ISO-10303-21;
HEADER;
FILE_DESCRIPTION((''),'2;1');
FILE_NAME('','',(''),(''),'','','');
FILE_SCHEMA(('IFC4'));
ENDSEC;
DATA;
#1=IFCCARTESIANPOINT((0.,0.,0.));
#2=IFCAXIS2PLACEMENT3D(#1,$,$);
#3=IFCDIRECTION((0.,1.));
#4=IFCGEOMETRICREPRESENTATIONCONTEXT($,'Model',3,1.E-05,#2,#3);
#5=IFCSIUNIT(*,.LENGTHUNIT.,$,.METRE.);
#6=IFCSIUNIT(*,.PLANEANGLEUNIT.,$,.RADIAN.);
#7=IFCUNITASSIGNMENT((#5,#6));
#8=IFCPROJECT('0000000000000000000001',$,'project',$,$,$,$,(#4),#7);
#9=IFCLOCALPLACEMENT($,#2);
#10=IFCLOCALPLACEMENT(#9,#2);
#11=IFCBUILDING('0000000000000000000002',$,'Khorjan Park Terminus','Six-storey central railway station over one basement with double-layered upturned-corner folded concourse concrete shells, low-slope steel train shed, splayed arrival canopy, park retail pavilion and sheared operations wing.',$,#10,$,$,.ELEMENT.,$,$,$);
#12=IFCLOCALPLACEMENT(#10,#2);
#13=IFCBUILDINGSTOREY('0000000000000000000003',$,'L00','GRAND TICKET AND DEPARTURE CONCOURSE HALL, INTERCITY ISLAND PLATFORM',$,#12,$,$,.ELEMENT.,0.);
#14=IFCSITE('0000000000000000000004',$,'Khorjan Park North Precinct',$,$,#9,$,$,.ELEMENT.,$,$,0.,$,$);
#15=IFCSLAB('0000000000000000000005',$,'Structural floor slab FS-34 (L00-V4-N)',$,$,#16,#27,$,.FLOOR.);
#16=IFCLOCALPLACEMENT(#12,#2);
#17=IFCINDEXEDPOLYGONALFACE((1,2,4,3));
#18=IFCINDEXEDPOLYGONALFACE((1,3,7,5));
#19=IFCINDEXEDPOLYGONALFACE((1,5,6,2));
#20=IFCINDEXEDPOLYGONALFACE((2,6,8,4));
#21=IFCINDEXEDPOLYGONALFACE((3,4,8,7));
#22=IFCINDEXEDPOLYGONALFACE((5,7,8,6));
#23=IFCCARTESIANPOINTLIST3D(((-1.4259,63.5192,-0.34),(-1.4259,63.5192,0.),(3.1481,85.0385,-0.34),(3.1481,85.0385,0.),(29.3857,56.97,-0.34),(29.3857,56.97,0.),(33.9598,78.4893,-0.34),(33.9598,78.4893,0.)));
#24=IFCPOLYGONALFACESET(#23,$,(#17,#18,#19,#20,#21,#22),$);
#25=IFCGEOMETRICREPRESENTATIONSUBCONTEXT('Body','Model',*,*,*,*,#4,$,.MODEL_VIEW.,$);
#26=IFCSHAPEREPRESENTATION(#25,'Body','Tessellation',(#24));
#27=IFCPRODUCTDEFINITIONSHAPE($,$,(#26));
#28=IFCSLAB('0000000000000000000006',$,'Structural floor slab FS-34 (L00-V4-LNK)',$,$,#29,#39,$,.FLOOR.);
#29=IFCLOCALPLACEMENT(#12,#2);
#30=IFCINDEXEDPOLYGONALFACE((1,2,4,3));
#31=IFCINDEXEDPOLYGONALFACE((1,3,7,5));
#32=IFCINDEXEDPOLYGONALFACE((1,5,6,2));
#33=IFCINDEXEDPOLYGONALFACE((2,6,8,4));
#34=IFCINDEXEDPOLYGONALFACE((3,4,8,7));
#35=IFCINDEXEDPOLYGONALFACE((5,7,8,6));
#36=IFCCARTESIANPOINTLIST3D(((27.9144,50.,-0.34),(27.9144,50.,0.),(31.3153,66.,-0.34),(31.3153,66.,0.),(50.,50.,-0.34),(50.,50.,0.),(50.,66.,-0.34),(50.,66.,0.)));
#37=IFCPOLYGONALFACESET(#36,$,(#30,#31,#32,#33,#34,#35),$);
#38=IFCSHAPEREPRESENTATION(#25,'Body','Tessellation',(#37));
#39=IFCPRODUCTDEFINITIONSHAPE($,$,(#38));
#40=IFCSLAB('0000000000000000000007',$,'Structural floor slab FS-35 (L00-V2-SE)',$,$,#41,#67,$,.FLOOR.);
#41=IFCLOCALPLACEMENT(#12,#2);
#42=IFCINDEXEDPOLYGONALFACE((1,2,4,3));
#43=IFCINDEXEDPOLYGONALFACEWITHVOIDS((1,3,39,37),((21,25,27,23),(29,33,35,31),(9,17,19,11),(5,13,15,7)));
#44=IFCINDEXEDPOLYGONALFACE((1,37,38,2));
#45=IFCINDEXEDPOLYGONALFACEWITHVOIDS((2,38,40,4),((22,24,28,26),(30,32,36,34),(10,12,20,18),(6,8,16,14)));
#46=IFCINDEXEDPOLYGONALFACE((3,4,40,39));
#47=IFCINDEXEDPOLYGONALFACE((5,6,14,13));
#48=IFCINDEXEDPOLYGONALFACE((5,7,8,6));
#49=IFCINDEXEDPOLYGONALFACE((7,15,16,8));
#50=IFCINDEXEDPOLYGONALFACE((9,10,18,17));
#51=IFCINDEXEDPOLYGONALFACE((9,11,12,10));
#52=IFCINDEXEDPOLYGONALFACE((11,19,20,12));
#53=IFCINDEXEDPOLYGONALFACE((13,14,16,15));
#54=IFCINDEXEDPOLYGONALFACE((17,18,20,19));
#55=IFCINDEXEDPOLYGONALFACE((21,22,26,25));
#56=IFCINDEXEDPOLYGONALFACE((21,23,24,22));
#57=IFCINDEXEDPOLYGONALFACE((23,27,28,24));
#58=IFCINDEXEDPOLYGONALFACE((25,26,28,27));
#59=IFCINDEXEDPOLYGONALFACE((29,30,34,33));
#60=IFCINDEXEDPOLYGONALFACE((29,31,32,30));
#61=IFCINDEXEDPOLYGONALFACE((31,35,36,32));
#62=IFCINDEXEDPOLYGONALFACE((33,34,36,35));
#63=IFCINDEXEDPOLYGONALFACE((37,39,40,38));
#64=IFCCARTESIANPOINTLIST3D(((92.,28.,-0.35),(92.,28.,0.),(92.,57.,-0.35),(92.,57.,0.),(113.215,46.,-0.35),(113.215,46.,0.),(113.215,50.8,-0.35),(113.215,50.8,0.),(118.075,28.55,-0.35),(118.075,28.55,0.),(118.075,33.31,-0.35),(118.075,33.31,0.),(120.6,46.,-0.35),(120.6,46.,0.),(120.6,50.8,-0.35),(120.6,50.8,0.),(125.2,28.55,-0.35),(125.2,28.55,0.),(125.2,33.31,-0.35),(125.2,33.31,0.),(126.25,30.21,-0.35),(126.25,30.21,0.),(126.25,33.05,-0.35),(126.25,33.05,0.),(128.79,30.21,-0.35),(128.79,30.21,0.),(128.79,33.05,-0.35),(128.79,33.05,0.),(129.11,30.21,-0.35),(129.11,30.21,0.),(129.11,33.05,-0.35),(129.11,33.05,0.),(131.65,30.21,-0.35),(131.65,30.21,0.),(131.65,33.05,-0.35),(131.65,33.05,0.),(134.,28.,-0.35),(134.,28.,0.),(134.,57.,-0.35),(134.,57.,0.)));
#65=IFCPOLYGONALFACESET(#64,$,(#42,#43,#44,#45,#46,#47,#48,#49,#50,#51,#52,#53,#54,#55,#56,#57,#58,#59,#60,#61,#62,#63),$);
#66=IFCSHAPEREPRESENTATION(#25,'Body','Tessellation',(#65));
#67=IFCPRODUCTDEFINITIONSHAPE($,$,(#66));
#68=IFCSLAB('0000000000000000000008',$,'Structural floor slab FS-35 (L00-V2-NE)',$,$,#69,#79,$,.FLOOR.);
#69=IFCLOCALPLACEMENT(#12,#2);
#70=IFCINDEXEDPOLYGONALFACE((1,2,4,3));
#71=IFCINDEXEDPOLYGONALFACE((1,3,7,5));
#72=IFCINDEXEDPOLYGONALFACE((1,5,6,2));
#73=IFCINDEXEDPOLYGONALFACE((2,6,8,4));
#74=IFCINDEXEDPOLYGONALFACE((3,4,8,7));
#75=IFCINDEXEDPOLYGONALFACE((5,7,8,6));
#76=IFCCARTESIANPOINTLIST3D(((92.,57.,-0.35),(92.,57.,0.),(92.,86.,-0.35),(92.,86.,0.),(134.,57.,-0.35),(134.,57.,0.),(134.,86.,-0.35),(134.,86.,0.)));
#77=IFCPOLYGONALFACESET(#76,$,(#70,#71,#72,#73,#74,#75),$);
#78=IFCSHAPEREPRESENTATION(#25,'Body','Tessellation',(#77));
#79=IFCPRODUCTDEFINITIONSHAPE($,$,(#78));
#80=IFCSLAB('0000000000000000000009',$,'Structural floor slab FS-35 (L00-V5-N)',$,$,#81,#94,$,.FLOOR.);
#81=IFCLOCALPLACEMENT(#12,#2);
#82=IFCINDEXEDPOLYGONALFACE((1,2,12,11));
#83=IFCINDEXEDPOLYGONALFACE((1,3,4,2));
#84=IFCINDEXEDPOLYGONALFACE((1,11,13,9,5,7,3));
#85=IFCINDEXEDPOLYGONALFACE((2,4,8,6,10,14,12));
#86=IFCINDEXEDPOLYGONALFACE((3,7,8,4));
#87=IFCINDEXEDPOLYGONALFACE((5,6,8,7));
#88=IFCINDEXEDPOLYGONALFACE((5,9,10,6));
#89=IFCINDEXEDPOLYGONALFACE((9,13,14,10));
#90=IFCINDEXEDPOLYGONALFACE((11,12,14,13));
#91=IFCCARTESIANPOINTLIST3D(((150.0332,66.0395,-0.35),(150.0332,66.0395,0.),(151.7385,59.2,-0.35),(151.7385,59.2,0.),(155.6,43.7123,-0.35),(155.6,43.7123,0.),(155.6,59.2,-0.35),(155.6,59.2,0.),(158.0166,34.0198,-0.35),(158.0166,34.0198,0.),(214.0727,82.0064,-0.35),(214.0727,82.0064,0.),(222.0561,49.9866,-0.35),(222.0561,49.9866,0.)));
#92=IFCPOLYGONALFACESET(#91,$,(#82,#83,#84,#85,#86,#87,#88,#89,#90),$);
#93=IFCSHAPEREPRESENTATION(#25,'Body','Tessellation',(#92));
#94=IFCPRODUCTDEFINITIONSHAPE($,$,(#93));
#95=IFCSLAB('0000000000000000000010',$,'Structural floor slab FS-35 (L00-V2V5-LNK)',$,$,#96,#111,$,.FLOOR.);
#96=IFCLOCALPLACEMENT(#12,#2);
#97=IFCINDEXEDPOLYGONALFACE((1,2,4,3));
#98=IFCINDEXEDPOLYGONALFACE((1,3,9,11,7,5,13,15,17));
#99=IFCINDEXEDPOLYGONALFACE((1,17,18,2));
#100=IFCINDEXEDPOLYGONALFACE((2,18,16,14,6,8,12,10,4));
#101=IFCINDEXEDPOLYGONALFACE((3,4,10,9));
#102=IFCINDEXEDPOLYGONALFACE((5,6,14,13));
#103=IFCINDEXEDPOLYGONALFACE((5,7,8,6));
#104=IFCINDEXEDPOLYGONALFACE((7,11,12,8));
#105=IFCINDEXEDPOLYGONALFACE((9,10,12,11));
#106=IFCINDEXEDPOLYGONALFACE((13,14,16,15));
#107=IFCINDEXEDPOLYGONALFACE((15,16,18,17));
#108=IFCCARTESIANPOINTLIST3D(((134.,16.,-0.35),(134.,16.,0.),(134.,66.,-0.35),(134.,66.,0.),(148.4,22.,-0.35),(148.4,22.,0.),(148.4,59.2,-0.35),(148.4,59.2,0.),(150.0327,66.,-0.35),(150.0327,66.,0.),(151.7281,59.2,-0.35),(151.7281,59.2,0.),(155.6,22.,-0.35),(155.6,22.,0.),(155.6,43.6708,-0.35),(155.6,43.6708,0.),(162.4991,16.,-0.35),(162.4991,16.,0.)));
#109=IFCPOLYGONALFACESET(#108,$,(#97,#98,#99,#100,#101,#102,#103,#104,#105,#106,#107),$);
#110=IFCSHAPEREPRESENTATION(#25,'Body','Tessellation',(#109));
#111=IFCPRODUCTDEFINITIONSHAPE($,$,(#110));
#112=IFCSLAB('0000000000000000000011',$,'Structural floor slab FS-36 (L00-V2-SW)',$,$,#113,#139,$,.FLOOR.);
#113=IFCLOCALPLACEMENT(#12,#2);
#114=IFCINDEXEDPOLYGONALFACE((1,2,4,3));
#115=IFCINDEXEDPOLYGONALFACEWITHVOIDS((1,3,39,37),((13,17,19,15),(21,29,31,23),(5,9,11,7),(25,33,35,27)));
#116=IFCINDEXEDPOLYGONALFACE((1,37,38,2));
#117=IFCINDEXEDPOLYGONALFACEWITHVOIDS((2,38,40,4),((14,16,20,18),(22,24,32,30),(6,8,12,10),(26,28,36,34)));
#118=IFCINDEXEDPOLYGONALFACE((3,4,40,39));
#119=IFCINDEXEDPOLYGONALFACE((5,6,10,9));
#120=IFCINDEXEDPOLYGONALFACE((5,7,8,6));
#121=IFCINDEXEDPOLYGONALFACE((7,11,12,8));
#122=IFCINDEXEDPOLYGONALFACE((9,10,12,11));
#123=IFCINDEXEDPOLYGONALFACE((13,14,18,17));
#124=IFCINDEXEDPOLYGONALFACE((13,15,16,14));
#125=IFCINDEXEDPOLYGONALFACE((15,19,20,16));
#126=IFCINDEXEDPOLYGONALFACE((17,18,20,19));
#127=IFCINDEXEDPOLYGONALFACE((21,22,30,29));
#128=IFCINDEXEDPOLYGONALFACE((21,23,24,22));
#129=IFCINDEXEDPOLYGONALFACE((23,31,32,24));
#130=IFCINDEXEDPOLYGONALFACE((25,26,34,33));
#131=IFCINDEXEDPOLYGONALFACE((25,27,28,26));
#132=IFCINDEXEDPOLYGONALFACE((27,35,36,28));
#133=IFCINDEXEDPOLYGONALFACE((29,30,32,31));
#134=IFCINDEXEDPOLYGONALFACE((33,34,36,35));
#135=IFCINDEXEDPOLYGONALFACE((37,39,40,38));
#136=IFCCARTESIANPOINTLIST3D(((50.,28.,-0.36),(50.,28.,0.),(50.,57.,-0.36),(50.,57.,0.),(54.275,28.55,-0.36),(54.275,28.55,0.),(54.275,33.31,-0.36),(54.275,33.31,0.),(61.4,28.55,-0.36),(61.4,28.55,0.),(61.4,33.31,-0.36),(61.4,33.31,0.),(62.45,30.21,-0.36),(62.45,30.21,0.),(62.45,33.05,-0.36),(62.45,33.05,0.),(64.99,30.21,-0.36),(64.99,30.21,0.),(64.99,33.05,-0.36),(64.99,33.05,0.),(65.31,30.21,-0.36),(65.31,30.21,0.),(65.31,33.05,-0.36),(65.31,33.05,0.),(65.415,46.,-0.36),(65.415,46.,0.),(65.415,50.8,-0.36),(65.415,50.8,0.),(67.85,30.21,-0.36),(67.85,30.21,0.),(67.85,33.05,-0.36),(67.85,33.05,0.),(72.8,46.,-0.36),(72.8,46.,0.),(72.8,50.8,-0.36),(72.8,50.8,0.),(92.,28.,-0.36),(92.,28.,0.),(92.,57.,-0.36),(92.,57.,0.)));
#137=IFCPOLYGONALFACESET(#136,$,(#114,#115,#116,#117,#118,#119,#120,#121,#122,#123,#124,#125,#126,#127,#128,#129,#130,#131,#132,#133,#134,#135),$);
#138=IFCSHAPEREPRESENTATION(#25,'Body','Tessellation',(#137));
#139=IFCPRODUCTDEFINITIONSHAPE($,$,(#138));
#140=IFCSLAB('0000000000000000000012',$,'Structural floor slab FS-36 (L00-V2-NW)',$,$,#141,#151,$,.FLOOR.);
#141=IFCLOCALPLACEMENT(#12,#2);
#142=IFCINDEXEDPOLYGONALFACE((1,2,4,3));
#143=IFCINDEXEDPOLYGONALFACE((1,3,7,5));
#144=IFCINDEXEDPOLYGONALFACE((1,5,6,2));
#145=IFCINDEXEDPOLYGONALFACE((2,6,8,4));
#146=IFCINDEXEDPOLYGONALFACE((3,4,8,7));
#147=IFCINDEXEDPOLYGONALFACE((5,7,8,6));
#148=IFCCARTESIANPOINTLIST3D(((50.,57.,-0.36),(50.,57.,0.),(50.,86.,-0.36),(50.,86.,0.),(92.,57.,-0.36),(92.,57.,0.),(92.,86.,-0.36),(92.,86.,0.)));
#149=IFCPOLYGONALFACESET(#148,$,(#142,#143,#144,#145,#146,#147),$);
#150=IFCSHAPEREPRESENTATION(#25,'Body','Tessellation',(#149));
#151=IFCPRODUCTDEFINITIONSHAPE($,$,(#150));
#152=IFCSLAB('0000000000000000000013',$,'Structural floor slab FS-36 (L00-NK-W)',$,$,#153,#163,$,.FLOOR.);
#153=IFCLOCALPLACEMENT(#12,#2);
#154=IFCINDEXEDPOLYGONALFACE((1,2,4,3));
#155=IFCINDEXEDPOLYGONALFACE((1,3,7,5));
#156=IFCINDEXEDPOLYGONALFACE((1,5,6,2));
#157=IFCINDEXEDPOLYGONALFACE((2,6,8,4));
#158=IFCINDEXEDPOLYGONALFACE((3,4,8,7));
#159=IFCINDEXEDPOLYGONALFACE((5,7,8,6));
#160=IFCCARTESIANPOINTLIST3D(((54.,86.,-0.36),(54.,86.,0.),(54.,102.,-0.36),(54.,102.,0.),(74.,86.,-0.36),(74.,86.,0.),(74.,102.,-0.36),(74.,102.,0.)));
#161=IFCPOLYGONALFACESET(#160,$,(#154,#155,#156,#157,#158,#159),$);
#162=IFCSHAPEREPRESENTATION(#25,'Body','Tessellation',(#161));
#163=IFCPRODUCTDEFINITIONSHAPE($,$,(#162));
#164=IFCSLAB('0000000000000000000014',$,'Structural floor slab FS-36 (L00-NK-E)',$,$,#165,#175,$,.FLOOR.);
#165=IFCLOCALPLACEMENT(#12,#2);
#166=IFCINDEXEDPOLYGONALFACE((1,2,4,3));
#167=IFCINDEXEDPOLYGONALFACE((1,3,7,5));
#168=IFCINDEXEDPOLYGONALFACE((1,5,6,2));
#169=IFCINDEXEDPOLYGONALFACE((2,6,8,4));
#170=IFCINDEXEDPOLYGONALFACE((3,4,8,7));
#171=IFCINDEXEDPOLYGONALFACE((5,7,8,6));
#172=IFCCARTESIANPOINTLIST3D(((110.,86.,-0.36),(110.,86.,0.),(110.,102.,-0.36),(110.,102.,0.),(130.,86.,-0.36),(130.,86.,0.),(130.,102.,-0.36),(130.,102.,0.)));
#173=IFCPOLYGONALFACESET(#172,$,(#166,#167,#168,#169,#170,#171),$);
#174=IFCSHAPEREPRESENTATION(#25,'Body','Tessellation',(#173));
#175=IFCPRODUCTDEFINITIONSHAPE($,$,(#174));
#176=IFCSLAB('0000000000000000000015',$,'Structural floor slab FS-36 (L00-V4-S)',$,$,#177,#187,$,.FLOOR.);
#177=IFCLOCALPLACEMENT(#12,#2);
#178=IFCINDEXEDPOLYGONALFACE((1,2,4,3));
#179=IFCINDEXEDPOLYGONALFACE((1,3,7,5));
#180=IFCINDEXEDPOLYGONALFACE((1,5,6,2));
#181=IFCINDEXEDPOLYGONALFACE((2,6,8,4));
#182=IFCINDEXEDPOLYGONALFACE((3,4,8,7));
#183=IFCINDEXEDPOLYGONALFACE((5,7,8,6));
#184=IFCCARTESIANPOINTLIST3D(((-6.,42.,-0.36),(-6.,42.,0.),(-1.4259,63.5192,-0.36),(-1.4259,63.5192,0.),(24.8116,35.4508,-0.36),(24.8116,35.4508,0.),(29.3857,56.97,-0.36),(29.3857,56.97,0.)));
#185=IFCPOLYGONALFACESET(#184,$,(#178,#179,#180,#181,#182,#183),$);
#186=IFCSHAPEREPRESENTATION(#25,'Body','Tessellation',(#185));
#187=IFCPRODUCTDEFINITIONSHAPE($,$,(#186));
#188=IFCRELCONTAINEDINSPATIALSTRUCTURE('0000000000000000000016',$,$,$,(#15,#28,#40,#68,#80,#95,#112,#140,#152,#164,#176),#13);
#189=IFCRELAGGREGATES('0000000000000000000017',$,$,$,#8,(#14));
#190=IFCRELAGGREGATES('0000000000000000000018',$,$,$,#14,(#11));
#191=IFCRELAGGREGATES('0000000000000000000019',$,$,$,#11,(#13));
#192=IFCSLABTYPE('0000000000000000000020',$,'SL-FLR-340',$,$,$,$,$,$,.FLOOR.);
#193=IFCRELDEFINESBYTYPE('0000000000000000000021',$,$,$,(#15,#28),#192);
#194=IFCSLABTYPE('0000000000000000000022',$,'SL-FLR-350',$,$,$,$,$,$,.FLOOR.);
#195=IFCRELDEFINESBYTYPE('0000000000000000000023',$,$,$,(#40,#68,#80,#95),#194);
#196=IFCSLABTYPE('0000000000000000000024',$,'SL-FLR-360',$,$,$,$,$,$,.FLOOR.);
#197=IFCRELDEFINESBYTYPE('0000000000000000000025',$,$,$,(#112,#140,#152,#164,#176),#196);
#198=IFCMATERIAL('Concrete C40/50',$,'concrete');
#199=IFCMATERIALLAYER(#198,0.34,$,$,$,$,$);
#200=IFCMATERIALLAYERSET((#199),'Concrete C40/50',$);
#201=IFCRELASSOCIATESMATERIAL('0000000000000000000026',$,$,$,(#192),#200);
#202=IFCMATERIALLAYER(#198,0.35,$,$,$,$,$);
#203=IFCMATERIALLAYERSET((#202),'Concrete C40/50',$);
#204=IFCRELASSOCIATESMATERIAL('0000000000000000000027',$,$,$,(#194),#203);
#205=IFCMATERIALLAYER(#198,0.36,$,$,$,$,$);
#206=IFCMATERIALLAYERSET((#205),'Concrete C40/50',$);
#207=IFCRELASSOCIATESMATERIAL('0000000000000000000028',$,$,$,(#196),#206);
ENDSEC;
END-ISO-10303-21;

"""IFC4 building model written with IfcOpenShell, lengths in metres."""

from ifc_helpers import new_model, si_unit, direction, frame, origin, place, context, subcontext, project, spatial, polyline, outline, extrude, material, layer, layer_set, type_object, element, save


model = new_model("IFC4")

# Units and contexts
model_context = context("Model", 3, precision=1e-05, world=origin(), true_north=direction((0.0, 1.0)))
body_context = subcontext(model_context, "Body", "Model", "MODEL_VIEW")
ifc_project = project(units=[si_unit("LENGTHUNIT", "METRE"), si_unit("PLANEANGLEUNIT", "RADIAN")], contexts=[model_context])

# Site, building, storey
site_placement = place(None, origin())
site = spatial("IfcSite", under=ifc_project, at=site_placement, Name="Khorjan Park North Precinct", CompositionType="ELEMENT", RefElevation=0.0)
building_placement = place(site_placement, origin())
building = spatial("IfcBuilding", under=site, at=building_placement, Name="Khorjan Park Terminus", Description="Six-storey central railway station over one basement with double-layered upturned-corner folded concourse concrete shells, low-slope steel train shed, splayed arrival canopy, park retail pavilion and sheared operations wing.", CompositionType="ELEMENT")
storey_placement = place(building_placement, origin())
storey = spatial("IfcBuildingStorey", under=building, at=storey_placement, Name="L00", Description="GRAND TICKET AND DEPARTURE CONCOURSE HALL, INTERCITY ISLAND PLATFORM", CompositionType="ELEMENT", Elevation=0.0)

# Slabs
ifc_material_1 = material(Name="Concrete C40/50", Category="concrete")
ifc_layer_1 = layer(ifc_material_1, 0.34)
ifc_layer_set_1 = layer_set([ifc_layer_1], Name="Concrete C40/50")
slab_type_1 = type_object("IfcSlabType", Name="SL-FLR-340", PredefinedType="FLOOR", material=ifc_layer_set_1)
slab_1_placement = place(storey_placement, frame((0.0, 0.0, -0.34)))
element("IfcSlab", 1, at=slab_1_placement, inside=storey, type_object=slab_type_1, Name="Structural floor slab FS-34 (L00-V4-N)", PredefinedType="FLOOR", context=body_context, shape_type="SweptSolid", body=[
    extrude(outline(polyline([(3.1481, 85.0385), (33.9598, 78.4893), (29.3857, 56.97), (-1.4259, 63.5192), (3.1481, 85.0385)])), origin(), (0.0, 0.0, 1.0), 0.34),
])
slab_2_placement = place(storey_placement, frame((0.0, 0.0, -0.34)))
element("IfcSlab", 2, at=slab_2_placement, inside=storey, type_object=slab_type_1, Name="Structural floor slab FS-34 (L00-V4-LNK)", PredefinedType="FLOOR", context=body_context, shape_type="SweptSolid", body=[
    extrude(outline(polyline([(50.0, 50.0), (27.9144, 50.0), (31.3153, 66.0), (50.0, 66.0), (50.0, 50.0)])), origin(), (0.0, 0.0, 1.0), 0.34),
])
ifc_layer_2 = layer(ifc_material_1, 0.35)
ifc_layer_set_2 = layer_set([ifc_layer_2], Name="Concrete C40/50")
slab_type_2 = type_object("IfcSlabType", Name="SL-FLR-350", PredefinedType="FLOOR", material=ifc_layer_set_2)
slab_3_placement = place(storey_placement, frame((0.0, 0.0, -0.35)))
element("IfcSlab", 3, at=slab_3_placement, inside=storey, type_object=slab_type_2, Name="Structural floor slab FS-35 (L00-V2-SE)", PredefinedType="FLOOR", context=body_context, shape_type="SweptSolid", body=[
    extrude(outline(polyline([(92.0, 57.0), (134.0, 57.0), (134.0, 28.0), (92.0, 28.0), (92.0, 57.0)]), holes=[polyline([(125.2, 28.55), (125.2, 33.31), (118.075, 33.31), (118.075, 28.55), (125.2, 28.55)]), polyline([(128.79, 30.21), (128.79, 33.05), (126.25, 33.05), (126.25, 30.21), (128.79, 30.21)]), polyline([(131.65, 30.21), (131.65, 33.05), (129.11, 33.05), (129.11, 30.21), (131.65, 30.21)]), polyline([(120.6, 50.8), (113.215, 50.8), (113.215, 46.0), (120.6, 46.0), (120.6, 50.8)])]), origin(), (0.0, 0.0, 1.0), 0.35),
])
slab_4_placement = place(storey_placement, frame((0.0, 0.0, -0.35)))
element("IfcSlab", 4, at=slab_4_placement, inside=storey, type_object=slab_type_2, Name="Structural floor slab FS-35 (L00-V2-NE)", PredefinedType="FLOOR", context=body_context, shape_type="SweptSolid", body=[
    extrude(outline(polyline([(92.0, 86.0), (134.0, 86.0), (134.0, 57.0), (92.0, 57.0), (92.0, 86.0)])), origin(), (0.0, 0.0, 1.0), 0.35),
])
slab_5_placement = place(storey_placement, frame((0.0, 0.0, -0.35)))
element("IfcSlab", 5, at=slab_5_placement, inside=storey, type_object=slab_type_2, Name="Structural floor slab FS-35 (L00-V5-N)", PredefinedType="FLOOR", context=body_context, shape_type="SweptSolid", body=[
    extrude(outline(polyline([(150.0332, 66.0395), (214.0727, 82.0064), (222.0561, 49.9866), (158.0166, 34.0198), (155.6, 43.7123), (155.6, 59.2), (151.7385, 59.2), (150.0332, 66.0395)])), origin(), (0.0, 0.0, 1.0), 0.35),
])
slab_6_placement = place(storey_placement, frame((0.0, 0.0, -0.35)))
element("IfcSlab", 6, at=slab_6_placement, inside=storey, type_object=slab_type_2, Name="Structural floor slab FS-35 (L00-V2V5-LNK)", PredefinedType="FLOOR", context=body_context, shape_type="SweptSolid", body=[
    extrude(outline(polyline([(134.0, 66.0), (150.0327, 66.0), (151.7281, 59.2), (148.4, 59.2), (148.4, 22.0), (155.6, 22.0), (155.6, 43.6708), (162.4991, 16.0), (134.0, 16.0), (134.0, 66.0)])), origin(), (0.0, 0.0, 1.0), 0.35),
])
ifc_layer_3 = layer(ifc_material_1, 0.36)
ifc_layer_set_3 = layer_set([ifc_layer_3], Name="Concrete C40/50")
slab_type_3 = type_object("IfcSlabType", Name="SL-FLR-360", PredefinedType="FLOOR", material=ifc_layer_set_3)
slab_7_placement = place(storey_placement, frame((0.0, 0.0, -0.36)))
element("IfcSlab", 7, at=slab_7_placement, inside=storey, type_object=slab_type_3, Name="Structural floor slab FS-36 (L00-V2-SW)", PredefinedType="FLOOR", context=body_context, shape_type="SweptSolid", body=[
    extrude(outline(polyline([(50.0, 57.0), (92.0, 57.0), (92.0, 28.0), (50.0, 28.0), (50.0, 57.0)]), holes=[polyline([(61.4, 28.55), (61.4, 33.31), (54.275, 33.31), (54.275, 28.55), (61.4, 28.55)]), polyline([(64.99, 30.21), (64.99, 33.05), (62.45, 33.05), (62.45, 30.21), (64.99, 30.21)]), polyline([(67.85, 30.21), (67.85, 33.05), (65.31, 33.05), (65.31, 30.21), (67.85, 30.21)]), polyline([(72.8, 50.8), (65.415, 50.8), (65.415, 46.0), (72.8, 46.0), (72.8, 50.8)])]), origin(), (0.0, 0.0, 1.0), 0.36),
])
slab_8_placement = place(storey_placement, frame((0.0, 0.0, -0.36)))
element("IfcSlab", 8, at=slab_8_placement, inside=storey, type_object=slab_type_3, Name="Structural floor slab FS-36 (L00-V2-NW)", PredefinedType="FLOOR", context=body_context, shape_type="SweptSolid", body=[
    extrude(outline(polyline([(50.0, 86.0), (92.0, 86.0), (92.0, 57.0), (50.0, 57.0), (50.0, 86.0)])), origin(), (0.0, 0.0, 1.0), 0.36),
])
slab_9_placement = place(storey_placement, frame((0.0, 0.0, -0.36)))
element("IfcSlab", 9, at=slab_9_placement, inside=storey, type_object=slab_type_3, Name="Structural floor slab FS-36 (L00-NK-W)", PredefinedType="FLOOR", context=body_context, shape_type="SweptSolid", body=[
    extrude(outline(polyline([(54.0, 102.0), (74.0, 102.0), (74.0, 86.0), (54.0, 86.0), (54.0, 102.0)])), origin(), (0.0, 0.0, 1.0), 0.36),
])
slab_10_placement = place(storey_placement, frame((0.0, 0.0, -0.36)))
element("IfcSlab", 10, at=slab_10_placement, inside=storey, type_object=slab_type_3, Name="Structural floor slab FS-36 (L00-NK-E)", PredefinedType="FLOOR", context=body_context, shape_type="SweptSolid", body=[
    extrude(outline(polyline([(110.0, 102.0), (130.0, 102.0), (130.0, 86.0), (110.0, 86.0), (110.0, 102.0)])), origin(), (0.0, 0.0, 1.0), 0.36),
])
slab_11_placement = place(storey_placement, frame((0.0, 0.0, -0.36)))
element("IfcSlab", 11, at=slab_11_placement, inside=storey, type_object=slab_type_3, Name="Structural floor slab FS-36 (L00-V4-S)", PredefinedType="FLOOR", context=body_context, shape_type="SweptSolid", body=[
    extrude(outline(polyline([(-1.4259, 63.5192), (29.3857, 56.97), (24.8116, 35.4508), (-6.0, 42.0), (-1.4259, 63.5192)])), origin(), (0.0, 0.0, 1.0), 0.36),
])

save(model, "model.ifc")
